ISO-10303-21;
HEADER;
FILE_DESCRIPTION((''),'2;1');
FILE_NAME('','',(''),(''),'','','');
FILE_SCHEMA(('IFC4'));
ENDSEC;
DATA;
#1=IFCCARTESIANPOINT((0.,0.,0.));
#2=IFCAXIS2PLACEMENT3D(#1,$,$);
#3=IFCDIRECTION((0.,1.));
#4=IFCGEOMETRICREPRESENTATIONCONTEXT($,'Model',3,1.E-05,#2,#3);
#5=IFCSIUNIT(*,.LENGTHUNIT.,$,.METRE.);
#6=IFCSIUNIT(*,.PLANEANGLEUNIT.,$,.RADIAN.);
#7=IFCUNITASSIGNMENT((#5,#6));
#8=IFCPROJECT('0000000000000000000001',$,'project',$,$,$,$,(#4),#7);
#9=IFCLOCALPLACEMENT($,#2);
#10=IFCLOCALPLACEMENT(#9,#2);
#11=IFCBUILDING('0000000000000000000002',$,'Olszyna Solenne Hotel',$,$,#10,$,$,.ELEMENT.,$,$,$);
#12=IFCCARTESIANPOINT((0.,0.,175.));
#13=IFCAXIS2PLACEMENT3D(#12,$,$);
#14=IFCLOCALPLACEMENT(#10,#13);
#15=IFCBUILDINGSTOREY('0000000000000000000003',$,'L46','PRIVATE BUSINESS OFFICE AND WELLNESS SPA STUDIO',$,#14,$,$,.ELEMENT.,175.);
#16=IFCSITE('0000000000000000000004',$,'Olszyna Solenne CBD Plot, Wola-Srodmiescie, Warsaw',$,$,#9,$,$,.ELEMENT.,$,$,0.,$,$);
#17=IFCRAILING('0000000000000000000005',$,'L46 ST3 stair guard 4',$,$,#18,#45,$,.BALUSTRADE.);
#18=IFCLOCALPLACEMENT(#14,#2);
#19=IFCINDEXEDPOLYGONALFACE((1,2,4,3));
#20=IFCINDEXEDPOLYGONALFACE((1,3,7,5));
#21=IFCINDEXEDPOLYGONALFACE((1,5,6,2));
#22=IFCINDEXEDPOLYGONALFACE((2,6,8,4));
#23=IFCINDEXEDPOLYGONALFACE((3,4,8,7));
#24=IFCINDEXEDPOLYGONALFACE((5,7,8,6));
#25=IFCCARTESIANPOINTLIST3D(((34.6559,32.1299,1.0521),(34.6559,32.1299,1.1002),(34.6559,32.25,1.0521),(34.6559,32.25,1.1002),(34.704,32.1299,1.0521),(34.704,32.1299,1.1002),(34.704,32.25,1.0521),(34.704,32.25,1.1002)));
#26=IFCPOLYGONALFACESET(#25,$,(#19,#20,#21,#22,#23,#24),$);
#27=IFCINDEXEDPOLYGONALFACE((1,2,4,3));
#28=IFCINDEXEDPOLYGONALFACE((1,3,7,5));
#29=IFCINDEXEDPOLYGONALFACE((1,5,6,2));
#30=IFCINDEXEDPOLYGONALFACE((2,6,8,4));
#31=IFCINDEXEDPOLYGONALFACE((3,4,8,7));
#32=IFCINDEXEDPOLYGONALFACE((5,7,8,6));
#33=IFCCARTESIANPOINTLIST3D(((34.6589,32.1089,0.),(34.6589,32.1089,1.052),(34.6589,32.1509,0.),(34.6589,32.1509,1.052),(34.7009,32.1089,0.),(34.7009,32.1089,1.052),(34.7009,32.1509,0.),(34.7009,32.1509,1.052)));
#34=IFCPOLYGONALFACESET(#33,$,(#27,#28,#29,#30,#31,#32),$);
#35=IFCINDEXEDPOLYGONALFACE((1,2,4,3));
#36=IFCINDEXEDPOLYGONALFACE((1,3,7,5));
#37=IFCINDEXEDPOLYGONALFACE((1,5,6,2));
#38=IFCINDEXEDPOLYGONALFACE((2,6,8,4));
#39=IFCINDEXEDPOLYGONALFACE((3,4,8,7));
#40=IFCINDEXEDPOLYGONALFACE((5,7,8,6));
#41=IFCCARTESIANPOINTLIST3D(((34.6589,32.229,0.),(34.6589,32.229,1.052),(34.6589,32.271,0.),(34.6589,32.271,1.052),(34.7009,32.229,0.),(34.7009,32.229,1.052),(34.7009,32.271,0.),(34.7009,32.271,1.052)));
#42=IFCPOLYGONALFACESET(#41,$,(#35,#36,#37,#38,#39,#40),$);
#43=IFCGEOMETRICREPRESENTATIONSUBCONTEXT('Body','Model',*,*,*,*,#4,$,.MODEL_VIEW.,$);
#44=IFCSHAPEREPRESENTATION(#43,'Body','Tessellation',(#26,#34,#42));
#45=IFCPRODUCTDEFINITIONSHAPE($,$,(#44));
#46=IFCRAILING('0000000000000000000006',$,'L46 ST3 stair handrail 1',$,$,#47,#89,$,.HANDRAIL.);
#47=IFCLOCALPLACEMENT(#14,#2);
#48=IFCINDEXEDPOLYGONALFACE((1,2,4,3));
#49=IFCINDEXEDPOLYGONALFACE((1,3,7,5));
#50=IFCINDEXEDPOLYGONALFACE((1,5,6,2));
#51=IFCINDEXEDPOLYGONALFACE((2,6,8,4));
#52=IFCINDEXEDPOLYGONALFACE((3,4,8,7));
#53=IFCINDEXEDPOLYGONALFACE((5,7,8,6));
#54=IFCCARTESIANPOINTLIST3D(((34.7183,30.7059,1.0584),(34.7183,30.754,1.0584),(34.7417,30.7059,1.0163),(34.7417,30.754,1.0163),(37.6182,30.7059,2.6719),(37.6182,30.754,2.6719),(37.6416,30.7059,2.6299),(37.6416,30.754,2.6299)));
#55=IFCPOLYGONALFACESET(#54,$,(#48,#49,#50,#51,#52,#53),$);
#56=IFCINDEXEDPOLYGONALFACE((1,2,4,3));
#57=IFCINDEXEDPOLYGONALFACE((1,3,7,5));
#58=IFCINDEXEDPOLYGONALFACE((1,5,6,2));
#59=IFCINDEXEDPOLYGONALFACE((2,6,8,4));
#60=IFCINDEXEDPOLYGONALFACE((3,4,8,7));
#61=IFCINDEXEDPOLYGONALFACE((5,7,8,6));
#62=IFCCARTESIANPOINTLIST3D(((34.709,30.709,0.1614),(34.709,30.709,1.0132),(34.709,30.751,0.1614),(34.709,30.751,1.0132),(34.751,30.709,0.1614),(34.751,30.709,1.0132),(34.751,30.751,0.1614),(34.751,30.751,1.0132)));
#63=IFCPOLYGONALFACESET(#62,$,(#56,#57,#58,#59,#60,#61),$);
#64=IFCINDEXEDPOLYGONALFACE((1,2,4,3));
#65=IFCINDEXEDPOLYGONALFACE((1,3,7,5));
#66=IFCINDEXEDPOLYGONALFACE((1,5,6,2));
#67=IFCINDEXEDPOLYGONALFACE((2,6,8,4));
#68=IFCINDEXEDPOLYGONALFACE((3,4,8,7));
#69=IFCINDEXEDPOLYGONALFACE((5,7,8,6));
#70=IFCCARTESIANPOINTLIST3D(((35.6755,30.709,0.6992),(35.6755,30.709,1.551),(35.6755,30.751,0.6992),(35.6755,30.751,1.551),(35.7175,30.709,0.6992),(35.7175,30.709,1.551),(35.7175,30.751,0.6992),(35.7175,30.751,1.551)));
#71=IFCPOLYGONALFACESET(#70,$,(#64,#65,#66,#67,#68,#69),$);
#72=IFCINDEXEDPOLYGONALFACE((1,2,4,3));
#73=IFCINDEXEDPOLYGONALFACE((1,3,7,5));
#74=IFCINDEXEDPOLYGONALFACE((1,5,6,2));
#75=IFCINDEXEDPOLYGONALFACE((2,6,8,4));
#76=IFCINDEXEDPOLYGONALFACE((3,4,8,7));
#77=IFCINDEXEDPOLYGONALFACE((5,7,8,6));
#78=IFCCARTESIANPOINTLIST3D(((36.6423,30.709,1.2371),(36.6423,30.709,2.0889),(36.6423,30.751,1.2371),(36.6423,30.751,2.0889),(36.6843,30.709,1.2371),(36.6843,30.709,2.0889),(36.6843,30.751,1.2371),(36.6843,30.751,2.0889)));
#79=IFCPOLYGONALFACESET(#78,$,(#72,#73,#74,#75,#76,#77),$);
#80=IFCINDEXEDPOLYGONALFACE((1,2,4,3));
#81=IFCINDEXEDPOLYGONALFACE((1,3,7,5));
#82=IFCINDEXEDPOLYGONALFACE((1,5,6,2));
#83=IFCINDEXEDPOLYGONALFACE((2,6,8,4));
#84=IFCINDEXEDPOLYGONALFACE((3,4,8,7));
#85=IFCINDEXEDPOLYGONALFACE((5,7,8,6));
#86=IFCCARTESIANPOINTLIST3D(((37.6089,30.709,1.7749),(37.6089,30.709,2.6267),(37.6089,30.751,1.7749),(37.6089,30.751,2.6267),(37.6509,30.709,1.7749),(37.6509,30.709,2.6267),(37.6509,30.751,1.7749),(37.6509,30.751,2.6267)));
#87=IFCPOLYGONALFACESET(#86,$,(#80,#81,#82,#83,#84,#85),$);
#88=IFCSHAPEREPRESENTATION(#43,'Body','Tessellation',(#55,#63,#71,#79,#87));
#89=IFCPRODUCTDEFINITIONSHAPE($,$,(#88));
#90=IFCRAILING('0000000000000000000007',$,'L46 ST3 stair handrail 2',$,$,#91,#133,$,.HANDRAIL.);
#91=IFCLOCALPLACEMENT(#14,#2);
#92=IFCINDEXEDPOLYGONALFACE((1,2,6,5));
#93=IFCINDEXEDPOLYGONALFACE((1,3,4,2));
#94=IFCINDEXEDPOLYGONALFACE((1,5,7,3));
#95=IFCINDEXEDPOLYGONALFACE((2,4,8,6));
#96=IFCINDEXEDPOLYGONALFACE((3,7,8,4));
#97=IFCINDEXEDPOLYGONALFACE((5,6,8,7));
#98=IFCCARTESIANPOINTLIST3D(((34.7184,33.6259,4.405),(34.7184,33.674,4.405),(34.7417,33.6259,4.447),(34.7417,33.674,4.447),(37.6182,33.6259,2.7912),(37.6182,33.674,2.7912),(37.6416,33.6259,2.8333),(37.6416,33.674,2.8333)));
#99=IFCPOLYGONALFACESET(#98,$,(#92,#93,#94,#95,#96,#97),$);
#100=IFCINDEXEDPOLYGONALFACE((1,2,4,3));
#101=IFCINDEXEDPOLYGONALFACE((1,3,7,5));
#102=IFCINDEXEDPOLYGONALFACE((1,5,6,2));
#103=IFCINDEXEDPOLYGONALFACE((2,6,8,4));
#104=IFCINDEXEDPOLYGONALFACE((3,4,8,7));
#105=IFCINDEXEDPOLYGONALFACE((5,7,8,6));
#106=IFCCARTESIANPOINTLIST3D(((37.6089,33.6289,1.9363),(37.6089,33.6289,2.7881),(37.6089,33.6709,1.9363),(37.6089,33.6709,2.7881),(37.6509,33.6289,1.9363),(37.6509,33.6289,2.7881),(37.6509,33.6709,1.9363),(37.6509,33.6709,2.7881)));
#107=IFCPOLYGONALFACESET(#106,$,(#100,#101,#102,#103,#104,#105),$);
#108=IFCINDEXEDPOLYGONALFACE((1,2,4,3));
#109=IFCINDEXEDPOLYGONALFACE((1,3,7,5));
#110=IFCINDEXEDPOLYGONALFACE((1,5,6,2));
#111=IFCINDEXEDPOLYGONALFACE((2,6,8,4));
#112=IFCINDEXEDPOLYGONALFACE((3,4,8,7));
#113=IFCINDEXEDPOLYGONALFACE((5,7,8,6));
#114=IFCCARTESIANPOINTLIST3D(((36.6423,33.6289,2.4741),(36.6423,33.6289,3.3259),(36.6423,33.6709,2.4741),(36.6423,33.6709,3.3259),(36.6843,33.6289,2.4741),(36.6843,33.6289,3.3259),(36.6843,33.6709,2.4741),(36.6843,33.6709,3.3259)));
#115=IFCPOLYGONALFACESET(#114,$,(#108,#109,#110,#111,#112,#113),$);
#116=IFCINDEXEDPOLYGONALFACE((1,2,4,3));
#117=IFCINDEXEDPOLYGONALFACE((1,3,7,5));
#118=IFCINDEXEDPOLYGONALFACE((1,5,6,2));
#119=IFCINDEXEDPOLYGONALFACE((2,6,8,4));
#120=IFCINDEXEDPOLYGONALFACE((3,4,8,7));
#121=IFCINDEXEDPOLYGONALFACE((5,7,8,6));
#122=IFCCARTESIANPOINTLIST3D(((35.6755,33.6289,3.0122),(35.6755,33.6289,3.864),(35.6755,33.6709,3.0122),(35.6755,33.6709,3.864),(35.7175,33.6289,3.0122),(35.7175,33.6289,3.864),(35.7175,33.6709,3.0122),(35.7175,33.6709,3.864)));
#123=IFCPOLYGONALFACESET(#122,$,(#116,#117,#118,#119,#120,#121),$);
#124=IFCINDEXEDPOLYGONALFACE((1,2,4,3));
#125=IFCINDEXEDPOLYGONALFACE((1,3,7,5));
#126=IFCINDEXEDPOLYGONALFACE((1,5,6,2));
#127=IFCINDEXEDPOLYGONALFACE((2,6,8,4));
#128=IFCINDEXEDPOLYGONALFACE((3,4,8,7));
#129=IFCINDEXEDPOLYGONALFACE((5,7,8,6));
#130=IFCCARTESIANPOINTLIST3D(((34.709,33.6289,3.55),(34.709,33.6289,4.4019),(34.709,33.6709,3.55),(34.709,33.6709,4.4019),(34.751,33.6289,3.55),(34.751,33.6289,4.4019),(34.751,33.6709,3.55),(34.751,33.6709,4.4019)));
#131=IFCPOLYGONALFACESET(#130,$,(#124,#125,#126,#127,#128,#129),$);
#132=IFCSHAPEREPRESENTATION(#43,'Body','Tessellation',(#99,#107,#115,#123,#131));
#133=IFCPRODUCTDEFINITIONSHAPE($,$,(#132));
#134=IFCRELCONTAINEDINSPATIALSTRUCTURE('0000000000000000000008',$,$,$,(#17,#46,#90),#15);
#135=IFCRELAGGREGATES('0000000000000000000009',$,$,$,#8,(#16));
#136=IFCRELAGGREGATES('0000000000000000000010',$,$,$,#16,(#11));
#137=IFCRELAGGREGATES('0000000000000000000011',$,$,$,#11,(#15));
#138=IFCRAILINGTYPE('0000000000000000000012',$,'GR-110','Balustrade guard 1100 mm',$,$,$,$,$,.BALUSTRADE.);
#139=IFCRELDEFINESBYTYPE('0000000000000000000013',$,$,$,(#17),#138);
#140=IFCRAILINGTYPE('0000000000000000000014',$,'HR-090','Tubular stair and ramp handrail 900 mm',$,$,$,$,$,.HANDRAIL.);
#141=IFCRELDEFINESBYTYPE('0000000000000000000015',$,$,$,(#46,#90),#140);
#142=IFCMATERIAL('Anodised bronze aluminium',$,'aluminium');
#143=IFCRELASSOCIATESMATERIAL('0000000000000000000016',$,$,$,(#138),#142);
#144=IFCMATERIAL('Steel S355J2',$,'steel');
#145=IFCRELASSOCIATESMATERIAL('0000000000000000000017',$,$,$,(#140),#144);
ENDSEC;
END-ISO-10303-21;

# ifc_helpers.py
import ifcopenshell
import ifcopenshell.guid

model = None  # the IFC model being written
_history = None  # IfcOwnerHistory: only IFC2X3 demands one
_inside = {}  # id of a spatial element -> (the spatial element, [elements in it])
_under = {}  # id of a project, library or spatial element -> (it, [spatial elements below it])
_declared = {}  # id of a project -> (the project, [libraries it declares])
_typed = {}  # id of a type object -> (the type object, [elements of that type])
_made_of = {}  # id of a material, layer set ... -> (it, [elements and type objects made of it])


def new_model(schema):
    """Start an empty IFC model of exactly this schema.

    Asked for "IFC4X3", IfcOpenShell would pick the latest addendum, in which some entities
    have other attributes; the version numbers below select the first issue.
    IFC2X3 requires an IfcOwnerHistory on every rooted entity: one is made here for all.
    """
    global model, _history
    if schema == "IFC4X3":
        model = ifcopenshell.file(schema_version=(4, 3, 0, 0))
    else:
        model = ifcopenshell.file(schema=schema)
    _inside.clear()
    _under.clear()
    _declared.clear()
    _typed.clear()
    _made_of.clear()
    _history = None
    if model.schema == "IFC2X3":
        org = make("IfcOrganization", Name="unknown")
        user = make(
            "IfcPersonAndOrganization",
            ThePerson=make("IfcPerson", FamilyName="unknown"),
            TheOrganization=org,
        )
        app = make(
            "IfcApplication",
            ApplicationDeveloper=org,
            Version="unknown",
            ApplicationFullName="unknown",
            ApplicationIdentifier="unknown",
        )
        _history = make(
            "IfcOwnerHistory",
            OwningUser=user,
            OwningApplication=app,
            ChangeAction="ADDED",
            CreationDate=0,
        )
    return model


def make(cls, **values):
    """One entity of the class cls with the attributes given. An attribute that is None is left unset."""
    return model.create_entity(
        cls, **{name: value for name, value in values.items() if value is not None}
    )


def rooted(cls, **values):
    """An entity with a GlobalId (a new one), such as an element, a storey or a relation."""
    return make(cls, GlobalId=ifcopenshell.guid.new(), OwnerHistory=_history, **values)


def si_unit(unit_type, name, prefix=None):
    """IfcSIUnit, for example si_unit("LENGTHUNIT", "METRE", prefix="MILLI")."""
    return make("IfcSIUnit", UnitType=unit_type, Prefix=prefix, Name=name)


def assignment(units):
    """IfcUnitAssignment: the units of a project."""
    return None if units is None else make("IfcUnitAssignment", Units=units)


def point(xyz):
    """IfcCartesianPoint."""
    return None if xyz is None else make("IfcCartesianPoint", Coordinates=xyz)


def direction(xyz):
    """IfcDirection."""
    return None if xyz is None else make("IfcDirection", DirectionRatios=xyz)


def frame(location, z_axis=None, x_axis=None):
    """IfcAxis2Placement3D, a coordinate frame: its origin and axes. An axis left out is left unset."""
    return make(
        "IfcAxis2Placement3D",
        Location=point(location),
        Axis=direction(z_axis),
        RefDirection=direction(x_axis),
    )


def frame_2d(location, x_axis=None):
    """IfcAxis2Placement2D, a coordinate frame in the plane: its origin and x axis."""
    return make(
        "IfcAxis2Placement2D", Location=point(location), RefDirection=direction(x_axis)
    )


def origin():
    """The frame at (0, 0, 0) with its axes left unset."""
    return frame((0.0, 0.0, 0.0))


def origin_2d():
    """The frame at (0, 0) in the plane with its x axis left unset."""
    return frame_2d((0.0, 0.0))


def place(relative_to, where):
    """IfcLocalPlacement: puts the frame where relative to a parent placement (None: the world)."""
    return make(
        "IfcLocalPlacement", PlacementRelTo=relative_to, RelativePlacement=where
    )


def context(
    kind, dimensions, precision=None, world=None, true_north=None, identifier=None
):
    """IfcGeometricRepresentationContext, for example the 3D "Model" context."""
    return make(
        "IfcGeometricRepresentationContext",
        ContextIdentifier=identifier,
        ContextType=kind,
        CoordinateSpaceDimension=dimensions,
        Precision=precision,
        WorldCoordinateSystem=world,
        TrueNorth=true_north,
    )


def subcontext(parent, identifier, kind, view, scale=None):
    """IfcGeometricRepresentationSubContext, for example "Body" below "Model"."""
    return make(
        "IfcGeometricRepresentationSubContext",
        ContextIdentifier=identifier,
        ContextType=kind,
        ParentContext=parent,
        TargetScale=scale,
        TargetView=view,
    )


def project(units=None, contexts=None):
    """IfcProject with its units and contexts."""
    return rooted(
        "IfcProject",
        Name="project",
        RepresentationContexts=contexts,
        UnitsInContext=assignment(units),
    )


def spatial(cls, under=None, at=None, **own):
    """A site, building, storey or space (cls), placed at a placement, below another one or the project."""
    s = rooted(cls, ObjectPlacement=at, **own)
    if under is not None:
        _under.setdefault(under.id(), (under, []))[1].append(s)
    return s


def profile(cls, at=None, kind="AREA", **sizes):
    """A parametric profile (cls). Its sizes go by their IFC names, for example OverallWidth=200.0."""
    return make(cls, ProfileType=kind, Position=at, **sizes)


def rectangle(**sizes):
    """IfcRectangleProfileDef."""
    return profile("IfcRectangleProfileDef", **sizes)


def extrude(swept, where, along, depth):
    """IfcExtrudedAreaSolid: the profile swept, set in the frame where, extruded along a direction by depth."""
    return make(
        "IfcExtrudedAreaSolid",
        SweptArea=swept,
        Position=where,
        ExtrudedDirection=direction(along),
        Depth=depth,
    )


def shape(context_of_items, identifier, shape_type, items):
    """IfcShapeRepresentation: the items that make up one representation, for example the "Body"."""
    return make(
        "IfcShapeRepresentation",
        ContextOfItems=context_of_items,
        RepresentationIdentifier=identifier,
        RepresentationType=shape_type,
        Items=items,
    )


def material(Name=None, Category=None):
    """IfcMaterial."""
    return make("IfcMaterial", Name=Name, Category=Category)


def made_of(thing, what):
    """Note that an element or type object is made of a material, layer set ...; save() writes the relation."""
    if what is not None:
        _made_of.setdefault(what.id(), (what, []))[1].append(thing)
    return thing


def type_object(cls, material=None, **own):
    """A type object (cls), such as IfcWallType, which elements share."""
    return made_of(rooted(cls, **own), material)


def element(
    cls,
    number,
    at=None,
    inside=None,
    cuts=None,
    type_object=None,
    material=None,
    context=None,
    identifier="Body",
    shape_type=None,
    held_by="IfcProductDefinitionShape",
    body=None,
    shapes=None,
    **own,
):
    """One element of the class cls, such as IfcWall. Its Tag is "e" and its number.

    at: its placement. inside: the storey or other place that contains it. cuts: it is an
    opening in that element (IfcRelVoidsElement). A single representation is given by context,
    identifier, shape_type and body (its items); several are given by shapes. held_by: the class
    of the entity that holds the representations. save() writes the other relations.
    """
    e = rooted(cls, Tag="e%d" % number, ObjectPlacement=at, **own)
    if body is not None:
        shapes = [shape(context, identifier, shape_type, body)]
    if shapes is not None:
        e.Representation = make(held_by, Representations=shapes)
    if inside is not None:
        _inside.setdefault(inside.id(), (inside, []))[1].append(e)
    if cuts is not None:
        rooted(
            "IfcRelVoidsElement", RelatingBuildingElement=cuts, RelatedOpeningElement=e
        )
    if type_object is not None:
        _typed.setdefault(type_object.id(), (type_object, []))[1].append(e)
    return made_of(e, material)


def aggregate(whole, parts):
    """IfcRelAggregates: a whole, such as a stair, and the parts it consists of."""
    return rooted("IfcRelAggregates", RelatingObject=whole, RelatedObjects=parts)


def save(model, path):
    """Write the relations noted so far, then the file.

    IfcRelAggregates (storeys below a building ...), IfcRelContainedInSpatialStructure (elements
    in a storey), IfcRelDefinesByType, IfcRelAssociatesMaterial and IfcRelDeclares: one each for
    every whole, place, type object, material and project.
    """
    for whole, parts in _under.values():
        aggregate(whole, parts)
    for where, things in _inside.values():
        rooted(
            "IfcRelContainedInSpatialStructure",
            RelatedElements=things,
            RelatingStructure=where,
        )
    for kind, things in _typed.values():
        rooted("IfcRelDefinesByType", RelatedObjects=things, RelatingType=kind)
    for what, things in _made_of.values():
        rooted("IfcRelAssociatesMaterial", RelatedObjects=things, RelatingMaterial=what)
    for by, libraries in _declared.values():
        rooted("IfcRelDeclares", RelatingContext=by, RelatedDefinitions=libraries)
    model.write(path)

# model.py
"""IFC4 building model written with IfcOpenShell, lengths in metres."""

from ifc_helpers import new_model, si_unit, direction, frame, origin, origin_2d, place, context, subcontext, project, spatial, rectangle, extrude, material, type_object, element, save


model = new_model("IFC4")

# Units and contexts
model_context = context("Model", 3, precision=1e-05, world=origin(), true_north=direction((0.0, 1.0)))
body_context = subcontext(model_context, "Body", "Model", "MODEL_VIEW")
ifc_project = project(units=[si_unit("LENGTHUNIT", "METRE"), si_unit("PLANEANGLEUNIT", "RADIAN")], contexts=[model_context])

# Site, building, storey
site_placement = place(None, origin())
site = spatial("IfcSite", under=ifc_project, at=site_placement, Name="Olszyna Solenne CBD Plot, Wola-Srodmiescie, Warsaw", CompositionType="ELEMENT", RefElevation=0.0)
building_placement = place(site_placement, origin())
building = spatial("IfcBuilding", under=site, at=building_placement, Name="Olszyna Solenne Hotel", CompositionType="ELEMENT")
storey_placement = place(building_placement, frame((0.0, 0.0, 175.0)))
storey = spatial("IfcBuildingStorey", under=building, at=storey_placement, Name="L46", Description="PRIVATE BUSINESS OFFICE AND WELLNESS SPA STUDIO", CompositionType="ELEMENT", Elevation=175.0)

# Shared definitions
ifc_material_1 = material(Name="Steel S355J2", Category="steel")

# Shared definitions
ifc_material_2 = material(Name="Anodised bronze aluminium", Category="aluminium")

# Railings
railing_type_1 = type_object("IfcRailingType", Name="GR-110", Description="Balustrade guard 1100 mm", PredefinedType="BALUSTRADE", material=ifc_material_2)
railing_1_placement = place(storey_placement, frame((34.6799, 32.1299, 0.0)))
element("IfcRailing", 1, at=railing_1_placement, inside=storey, type_object=railing_type_1, Name="L46 ST3 stair guard 4", PredefinedType="BALUSTRADE", context=body_context, shape_type="SweptSolid", body=[
    extrude(rectangle(XDim=0.0481, YDim=0.0481, at=origin_2d()), frame((0.0, 0.0, 1.0762), z_axis=(0.0, 1.0, 0.0), x_axis=(-1.0, 0.0, 0.0)), (0.0, 0.0, 1.0), 0.1201),
    extrude(rectangle(XDim=0.042, YDim=0.042, at=origin_2d()), origin(), (0.0, 0.0, 1.0), 1.052),
    extrude(rectangle(XDim=0.042, YDim=0.042, at=origin_2d()), frame((0.0, 0.1201, 0.0)), (0.0, 0.0, 1.0), 1.052),
])
railing_type_2 = type_object("IfcRailingType", Name="HR-090", Description="Tubular stair and ramp handrail 900 mm", PredefinedType="HANDRAIL", material=ifc_material_1)
railing_2_placement = place(storey_placement, frame((34.73, 30.73, 0.1614)))
element("IfcRailing", 2, at=railing_2_placement, inside=storey, type_object=railing_type_2, Name="L46 ST3 stair handrail 1", PredefinedType="HANDRAIL", context=body_context, shape_type="SweptSolid", body=[
    extrude(rectangle(XDim=0.0481, YDim=0.0481, at=origin_2d()), frame((0.0, 0.0, 0.876), z_axis=(0.873841, 0.0, 0.486211), x_axis=(0.0, 1.0, 0.0)), (0.0, 0.0, 1.0), 3.3186),
    extrude(rectangle(XDim=0.042, YDim=0.042, at=origin_2d()), origin(), (0.0, 0.0, 1.0), 0.8518),
    extrude(rectangle(XDim=0.042, YDim=0.042, at=origin_2d()), frame((0.9666, 0.0, 0.5378)), (0.0, 0.0, 1.0), 0.8518),
    extrude(rectangle(XDim=0.042, YDim=0.042, at=origin_2d()), frame((1.9333, 0.0, 1.0757)), (0.0, 0.0, 1.0), 0.8518),
    extrude(rectangle(XDim=0.042, YDim=0.042, at=origin_2d()), frame((2.8999, 0.0, 1.6135)), (0.0, 0.0, 1.0), 0.8518),
])
railing_3_placement = place(storey_placement, frame((37.6299, 33.6499, 1.9363)))
element("IfcRailing", 3, at=railing_3_placement, inside=storey, type_object=railing_type_2, Name="L46 ST3 stair handrail 2", PredefinedType="HANDRAIL", context=body_context, shape_type="SweptSolid", body=[
    extrude(rectangle(XDim=0.0481, YDim=0.0481, at=origin_2d()), frame((0.0, 0.0, 0.876), z_axis=(-0.87381, 0.0, 0.486267), x_axis=(0.0, -1.0, 0.0)), (0.0, 0.0, 1.0), 3.3186),
    extrude(rectangle(XDim=0.042, YDim=0.042, at=origin_2d()), origin(), (0.0, 0.0, 1.0), 0.8518),
    extrude(rectangle(XDim=0.042, YDim=0.042, at=origin_2d()), frame((-0.9666, 0.0, 0.5378)), (0.0, 0.0, 1.0), 0.8518),
    extrude(rectangle(XDim=0.042, YDim=0.042, at=origin_2d()), frame((-1.9333, 0.0, 1.0759)), (0.0, 0.0, 1.0), 0.8518),
    extrude(rectangle(XDim=0.042, YDim=0.042, at=origin_2d()), frame((-2.8999, 0.0, 1.6138)), (0.0, 0.0, 1.0), 0.8518),
])

save(model, "model.ifc")
